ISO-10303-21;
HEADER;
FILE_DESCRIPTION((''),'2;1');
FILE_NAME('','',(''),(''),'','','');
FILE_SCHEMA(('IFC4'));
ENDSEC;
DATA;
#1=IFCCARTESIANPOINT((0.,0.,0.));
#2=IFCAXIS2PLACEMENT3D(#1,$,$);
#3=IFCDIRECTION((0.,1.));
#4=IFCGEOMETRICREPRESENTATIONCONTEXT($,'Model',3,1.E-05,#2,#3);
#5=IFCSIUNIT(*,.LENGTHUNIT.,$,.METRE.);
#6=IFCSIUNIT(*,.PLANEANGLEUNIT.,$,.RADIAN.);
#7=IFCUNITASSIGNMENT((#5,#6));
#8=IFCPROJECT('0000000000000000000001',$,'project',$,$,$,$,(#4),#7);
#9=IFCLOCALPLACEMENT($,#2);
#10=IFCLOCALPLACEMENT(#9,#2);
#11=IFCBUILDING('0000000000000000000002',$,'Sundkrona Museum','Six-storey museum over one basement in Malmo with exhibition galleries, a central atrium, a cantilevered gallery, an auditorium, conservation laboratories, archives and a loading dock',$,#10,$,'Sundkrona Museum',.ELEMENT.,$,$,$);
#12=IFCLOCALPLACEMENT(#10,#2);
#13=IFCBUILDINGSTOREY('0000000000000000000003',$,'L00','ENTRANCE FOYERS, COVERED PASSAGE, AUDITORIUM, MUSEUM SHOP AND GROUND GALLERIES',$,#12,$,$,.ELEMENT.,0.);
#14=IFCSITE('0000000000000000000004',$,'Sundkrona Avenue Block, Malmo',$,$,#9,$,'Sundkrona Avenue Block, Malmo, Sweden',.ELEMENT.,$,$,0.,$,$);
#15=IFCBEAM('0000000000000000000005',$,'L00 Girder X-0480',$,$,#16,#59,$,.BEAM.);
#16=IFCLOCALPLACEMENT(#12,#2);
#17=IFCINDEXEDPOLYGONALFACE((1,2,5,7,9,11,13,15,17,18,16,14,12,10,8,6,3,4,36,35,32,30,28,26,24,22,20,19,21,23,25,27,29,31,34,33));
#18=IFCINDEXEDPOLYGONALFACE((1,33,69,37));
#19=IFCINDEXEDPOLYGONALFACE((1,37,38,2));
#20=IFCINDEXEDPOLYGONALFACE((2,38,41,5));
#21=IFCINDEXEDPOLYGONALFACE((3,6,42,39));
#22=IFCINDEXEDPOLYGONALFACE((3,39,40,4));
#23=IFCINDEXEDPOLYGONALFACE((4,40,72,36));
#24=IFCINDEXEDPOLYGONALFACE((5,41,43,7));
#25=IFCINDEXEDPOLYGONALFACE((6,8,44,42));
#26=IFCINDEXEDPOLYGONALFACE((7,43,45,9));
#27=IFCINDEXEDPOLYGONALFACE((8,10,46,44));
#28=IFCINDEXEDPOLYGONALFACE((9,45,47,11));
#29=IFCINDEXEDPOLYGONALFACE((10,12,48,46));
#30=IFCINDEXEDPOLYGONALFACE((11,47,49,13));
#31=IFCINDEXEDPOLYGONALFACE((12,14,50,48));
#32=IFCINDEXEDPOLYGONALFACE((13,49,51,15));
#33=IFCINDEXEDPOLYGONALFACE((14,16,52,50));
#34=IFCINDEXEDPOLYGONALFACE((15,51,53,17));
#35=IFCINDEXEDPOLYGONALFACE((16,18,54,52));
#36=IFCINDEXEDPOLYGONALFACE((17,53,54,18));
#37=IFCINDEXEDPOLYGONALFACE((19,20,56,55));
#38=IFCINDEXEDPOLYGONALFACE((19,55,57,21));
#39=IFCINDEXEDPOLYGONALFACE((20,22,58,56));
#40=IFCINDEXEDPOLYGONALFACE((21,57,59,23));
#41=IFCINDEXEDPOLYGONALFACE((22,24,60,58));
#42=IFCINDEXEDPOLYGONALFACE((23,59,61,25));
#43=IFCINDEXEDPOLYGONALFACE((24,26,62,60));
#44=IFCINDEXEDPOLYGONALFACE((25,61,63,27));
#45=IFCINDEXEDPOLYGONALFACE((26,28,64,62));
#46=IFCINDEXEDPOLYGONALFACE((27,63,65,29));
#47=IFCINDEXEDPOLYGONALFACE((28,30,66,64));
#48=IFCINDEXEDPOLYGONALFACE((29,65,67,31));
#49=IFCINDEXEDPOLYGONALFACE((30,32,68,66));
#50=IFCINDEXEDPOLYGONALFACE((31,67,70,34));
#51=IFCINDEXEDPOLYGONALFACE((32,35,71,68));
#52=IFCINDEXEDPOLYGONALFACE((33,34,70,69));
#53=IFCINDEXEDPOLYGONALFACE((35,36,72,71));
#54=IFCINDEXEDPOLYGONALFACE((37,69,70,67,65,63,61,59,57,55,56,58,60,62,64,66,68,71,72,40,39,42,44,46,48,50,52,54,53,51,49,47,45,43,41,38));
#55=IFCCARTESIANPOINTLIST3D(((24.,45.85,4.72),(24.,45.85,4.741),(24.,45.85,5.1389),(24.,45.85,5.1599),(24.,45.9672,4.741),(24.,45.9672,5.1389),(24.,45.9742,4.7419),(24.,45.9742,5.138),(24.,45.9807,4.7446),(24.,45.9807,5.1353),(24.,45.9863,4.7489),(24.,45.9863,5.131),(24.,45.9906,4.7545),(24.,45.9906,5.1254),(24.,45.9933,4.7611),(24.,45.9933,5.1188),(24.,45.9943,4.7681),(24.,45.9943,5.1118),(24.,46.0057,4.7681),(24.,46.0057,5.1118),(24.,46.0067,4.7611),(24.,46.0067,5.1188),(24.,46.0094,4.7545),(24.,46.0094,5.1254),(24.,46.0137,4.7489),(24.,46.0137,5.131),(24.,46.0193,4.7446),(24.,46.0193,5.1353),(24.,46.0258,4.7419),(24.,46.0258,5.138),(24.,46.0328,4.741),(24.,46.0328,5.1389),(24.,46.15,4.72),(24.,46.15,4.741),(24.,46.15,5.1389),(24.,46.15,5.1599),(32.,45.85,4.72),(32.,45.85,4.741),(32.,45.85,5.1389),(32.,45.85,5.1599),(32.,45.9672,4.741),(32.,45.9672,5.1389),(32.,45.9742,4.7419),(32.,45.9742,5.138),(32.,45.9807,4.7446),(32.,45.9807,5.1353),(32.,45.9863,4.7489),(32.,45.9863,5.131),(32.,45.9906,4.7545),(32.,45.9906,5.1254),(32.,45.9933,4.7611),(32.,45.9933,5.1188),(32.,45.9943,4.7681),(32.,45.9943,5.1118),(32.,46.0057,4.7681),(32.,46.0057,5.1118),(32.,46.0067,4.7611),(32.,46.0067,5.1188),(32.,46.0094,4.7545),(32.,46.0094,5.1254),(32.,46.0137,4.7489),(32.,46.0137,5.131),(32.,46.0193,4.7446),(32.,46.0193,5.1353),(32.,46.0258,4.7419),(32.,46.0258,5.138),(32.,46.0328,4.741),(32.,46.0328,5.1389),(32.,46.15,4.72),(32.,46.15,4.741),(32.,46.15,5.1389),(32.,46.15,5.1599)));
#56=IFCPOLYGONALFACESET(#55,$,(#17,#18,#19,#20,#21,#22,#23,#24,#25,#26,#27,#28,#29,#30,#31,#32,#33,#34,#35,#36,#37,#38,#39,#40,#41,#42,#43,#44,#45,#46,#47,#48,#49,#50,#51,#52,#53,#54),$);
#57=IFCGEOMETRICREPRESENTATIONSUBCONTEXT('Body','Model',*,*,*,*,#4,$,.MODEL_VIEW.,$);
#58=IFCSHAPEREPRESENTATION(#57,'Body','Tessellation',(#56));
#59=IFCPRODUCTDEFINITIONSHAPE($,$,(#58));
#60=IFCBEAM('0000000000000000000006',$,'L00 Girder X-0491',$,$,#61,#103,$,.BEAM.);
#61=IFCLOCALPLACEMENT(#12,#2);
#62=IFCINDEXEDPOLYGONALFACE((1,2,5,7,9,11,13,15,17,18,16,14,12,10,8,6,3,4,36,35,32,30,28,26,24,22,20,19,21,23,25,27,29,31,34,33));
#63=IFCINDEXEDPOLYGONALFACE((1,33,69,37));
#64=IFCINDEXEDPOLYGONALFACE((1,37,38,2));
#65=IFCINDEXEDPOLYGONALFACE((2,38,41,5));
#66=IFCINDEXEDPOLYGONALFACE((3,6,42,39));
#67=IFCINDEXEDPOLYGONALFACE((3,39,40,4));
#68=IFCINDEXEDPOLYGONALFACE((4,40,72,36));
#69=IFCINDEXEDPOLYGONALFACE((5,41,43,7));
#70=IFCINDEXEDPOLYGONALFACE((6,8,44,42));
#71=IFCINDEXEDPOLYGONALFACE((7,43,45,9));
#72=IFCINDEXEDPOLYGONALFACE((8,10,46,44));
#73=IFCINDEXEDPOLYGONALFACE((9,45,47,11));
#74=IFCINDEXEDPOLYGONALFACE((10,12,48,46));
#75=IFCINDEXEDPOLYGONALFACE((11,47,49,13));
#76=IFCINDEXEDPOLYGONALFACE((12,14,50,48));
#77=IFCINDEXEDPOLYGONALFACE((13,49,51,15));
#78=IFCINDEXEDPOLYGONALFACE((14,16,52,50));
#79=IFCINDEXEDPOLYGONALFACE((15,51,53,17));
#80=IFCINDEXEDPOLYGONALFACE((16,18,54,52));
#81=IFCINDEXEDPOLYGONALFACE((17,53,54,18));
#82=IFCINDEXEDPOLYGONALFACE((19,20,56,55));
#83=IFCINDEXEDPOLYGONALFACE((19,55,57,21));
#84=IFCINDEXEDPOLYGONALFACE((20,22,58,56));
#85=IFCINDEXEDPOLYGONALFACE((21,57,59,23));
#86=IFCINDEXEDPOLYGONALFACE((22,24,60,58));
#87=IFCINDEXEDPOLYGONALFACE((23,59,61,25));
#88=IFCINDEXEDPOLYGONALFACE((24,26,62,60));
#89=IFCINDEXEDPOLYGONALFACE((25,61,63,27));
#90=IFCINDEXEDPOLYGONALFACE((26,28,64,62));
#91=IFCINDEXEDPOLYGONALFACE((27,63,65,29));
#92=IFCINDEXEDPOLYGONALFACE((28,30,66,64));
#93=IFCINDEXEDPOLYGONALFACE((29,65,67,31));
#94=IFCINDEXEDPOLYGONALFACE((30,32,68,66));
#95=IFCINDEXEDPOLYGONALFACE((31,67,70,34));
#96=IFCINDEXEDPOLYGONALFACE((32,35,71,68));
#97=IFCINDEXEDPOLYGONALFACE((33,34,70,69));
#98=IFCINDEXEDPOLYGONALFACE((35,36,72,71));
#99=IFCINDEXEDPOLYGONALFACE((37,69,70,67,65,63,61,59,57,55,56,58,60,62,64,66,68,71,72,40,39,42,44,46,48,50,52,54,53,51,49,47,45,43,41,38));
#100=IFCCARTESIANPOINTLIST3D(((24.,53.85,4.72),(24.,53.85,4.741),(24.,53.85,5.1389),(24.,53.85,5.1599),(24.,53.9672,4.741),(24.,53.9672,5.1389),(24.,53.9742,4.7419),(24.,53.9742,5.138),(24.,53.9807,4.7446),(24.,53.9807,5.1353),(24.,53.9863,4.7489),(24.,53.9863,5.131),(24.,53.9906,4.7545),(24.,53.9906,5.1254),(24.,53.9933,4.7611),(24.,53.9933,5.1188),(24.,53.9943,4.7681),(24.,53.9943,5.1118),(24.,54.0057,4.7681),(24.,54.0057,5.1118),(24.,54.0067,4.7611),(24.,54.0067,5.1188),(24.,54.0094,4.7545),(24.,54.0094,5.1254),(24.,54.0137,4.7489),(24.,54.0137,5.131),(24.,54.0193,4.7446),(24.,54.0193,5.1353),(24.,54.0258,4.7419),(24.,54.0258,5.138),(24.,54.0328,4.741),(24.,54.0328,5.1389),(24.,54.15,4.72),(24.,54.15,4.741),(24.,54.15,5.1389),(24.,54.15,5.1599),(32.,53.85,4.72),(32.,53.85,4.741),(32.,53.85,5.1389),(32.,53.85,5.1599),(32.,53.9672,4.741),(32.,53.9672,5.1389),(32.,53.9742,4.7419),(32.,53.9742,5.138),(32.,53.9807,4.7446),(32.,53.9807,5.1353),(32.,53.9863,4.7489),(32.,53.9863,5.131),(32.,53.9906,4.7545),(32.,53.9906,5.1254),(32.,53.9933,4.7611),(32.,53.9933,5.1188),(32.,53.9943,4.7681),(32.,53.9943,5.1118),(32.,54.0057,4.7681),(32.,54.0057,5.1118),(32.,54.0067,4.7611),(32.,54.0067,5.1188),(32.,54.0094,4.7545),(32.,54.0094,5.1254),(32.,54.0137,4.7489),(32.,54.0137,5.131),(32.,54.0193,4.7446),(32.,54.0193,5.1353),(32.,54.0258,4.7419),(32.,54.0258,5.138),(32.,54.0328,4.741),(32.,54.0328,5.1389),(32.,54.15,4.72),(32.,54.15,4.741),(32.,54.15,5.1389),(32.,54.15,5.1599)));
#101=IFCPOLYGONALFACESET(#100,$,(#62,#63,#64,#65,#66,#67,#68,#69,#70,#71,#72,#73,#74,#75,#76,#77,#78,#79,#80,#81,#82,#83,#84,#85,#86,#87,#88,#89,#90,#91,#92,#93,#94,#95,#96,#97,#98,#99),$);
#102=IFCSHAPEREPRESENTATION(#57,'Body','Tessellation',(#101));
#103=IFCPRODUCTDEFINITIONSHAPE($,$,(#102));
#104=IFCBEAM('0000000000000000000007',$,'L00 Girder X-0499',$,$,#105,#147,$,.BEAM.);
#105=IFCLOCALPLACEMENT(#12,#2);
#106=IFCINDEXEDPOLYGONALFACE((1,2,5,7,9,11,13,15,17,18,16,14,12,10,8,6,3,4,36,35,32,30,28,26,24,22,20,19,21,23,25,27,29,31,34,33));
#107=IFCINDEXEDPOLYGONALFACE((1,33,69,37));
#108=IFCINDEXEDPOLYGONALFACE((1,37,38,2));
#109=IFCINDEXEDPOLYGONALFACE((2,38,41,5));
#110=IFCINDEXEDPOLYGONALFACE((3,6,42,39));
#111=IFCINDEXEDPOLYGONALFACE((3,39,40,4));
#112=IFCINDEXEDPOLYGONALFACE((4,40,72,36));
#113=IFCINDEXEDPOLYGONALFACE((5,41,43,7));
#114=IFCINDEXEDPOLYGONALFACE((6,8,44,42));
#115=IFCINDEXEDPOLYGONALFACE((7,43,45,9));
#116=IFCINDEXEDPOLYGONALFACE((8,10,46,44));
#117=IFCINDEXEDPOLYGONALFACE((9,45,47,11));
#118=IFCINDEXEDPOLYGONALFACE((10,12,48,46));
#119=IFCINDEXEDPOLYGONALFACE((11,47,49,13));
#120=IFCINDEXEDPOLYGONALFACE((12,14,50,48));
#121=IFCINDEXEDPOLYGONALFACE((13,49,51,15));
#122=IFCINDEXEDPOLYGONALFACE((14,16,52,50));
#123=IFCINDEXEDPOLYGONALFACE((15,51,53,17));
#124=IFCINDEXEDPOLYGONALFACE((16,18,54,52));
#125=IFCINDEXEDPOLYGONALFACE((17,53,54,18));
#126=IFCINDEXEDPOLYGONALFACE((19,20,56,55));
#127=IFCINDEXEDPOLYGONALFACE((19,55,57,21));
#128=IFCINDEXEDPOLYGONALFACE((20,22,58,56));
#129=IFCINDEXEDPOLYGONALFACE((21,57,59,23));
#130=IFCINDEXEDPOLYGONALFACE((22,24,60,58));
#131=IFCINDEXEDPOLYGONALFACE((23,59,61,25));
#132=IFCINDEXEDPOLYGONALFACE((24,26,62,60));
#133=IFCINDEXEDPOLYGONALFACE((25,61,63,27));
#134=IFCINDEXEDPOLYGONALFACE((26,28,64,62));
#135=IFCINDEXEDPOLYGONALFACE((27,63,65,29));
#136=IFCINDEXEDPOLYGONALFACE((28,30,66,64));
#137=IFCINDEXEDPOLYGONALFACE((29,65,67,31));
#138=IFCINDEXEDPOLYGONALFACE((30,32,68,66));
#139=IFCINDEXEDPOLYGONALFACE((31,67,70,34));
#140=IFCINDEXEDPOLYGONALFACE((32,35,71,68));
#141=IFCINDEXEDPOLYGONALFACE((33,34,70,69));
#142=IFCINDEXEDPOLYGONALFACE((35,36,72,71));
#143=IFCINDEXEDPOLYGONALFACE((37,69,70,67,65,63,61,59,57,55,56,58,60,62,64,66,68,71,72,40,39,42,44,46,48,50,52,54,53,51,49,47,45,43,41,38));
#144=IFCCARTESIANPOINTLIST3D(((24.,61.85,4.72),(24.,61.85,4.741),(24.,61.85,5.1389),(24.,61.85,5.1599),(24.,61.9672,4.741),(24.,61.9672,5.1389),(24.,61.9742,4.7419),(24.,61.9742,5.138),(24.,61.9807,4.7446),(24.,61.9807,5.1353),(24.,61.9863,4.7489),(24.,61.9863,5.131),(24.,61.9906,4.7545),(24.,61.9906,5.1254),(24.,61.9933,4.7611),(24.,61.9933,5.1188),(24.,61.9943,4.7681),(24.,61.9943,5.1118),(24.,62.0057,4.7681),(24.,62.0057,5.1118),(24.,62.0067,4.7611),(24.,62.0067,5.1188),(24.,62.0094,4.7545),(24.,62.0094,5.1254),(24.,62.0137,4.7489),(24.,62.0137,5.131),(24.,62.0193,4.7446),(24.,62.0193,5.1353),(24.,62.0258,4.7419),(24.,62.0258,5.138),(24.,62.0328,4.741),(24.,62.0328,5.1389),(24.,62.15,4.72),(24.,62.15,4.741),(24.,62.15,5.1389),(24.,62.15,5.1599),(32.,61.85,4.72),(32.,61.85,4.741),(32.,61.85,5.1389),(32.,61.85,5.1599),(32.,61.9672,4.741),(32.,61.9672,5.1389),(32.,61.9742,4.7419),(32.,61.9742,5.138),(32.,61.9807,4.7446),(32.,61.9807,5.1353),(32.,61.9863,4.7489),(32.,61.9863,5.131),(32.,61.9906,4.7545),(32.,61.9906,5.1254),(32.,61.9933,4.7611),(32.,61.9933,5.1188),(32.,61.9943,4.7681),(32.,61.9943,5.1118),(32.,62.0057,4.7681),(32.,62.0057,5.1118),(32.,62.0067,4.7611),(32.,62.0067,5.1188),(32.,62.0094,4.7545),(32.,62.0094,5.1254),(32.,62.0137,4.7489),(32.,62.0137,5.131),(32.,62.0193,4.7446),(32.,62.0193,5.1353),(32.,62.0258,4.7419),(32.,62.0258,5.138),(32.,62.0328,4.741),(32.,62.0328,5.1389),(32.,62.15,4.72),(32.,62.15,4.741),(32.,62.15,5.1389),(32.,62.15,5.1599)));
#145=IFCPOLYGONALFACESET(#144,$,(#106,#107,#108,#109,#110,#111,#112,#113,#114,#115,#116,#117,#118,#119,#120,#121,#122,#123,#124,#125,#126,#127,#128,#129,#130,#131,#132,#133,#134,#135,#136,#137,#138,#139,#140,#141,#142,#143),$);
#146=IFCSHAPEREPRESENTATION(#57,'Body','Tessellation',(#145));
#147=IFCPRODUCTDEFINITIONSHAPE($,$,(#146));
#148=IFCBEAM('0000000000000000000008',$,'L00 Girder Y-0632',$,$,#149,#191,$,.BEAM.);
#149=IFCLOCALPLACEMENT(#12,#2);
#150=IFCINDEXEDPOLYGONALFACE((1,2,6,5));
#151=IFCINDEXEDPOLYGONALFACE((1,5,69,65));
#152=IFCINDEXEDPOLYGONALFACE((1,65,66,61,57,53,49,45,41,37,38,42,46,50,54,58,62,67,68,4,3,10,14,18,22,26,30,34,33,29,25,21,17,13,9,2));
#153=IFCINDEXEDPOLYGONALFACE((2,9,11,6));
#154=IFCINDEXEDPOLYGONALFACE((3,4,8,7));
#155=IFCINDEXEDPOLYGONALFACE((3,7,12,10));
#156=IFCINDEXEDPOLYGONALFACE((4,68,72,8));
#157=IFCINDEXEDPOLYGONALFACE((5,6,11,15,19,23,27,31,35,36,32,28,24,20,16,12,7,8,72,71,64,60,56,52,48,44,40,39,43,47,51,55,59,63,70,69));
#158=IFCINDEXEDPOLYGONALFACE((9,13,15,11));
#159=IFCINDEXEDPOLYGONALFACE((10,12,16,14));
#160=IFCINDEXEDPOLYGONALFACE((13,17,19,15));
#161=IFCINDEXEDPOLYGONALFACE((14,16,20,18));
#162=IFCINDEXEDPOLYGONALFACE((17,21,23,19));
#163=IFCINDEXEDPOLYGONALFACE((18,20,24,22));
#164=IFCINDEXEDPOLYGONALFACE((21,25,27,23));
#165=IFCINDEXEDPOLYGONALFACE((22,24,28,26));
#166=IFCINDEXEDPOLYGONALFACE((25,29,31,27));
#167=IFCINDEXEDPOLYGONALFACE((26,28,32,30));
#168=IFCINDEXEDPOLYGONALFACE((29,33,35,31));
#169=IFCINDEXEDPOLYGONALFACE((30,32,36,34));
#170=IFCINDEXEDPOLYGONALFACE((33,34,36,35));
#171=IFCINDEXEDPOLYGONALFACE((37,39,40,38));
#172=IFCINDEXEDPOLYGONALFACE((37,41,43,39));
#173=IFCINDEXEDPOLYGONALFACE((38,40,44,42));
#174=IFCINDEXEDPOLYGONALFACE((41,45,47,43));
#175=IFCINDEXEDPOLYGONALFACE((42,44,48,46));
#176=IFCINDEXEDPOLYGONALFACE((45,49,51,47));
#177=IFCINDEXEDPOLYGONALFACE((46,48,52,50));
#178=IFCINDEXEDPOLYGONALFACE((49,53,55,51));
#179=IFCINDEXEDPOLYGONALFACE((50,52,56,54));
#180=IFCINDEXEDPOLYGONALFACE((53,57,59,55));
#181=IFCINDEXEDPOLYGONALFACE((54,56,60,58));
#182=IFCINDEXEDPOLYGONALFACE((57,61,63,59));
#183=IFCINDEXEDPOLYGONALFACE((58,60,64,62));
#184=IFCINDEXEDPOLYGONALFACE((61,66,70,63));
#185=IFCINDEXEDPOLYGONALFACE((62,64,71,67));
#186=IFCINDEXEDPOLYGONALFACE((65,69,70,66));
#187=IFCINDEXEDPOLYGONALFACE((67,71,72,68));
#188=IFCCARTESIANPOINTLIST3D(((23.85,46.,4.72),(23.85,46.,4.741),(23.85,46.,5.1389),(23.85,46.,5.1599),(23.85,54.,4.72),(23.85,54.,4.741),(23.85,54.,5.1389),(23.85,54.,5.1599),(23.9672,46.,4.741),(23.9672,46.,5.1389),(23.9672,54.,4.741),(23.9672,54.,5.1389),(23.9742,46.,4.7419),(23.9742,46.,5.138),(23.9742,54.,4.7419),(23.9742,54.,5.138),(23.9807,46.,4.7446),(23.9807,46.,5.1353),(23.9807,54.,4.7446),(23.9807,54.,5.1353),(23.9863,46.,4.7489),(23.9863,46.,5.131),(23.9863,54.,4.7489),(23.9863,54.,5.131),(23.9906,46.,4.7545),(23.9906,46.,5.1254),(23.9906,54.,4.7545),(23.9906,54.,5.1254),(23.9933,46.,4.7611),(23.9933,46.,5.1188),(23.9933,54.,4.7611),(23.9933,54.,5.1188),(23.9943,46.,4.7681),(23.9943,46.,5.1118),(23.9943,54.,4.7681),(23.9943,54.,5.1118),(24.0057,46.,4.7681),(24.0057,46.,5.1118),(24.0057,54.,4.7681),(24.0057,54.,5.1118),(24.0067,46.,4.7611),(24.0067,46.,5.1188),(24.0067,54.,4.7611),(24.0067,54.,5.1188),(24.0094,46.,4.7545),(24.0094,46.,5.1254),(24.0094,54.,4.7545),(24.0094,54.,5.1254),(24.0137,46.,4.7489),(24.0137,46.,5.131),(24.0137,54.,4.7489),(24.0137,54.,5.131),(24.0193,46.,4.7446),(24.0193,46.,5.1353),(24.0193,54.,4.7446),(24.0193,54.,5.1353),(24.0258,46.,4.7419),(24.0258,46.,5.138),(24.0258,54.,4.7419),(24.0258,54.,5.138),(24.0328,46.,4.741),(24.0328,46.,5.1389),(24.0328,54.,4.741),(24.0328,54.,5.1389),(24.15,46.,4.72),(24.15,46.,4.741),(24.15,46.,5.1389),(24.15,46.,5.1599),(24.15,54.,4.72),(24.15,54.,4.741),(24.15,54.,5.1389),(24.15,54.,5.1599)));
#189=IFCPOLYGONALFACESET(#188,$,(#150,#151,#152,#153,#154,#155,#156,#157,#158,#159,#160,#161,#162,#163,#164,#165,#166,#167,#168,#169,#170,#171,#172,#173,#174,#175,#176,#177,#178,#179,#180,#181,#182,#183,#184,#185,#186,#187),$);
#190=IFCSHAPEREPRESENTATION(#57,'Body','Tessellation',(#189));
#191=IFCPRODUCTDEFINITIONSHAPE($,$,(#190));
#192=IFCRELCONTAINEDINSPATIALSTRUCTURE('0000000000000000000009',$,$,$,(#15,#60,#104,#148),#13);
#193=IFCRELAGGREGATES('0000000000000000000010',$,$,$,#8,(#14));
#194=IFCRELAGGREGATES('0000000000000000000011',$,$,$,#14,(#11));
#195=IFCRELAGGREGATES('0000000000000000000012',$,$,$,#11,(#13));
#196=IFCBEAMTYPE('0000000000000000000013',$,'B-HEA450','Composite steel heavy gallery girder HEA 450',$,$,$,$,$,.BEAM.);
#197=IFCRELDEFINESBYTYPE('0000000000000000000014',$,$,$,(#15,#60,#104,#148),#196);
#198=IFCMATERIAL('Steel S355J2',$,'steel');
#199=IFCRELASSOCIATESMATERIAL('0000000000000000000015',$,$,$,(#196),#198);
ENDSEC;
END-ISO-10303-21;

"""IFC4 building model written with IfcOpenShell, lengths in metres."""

from ifc_helpers import new_model, si_unit, direction, frame, origin, origin_2d, place, context, subcontext, project, spatial, i_section, extrude, material, material_profile, profile_set, type_object, element, save


model = new_model("IFC4")

# Units and contexts
model_context = context("Model", 3, precision=1e-05, world=origin(), true_north=direction((0.0, 1.0)))
body_context = subcontext(model_context, "Body", "Model", "MODEL_VIEW")
ifc_project = project(units=[si_unit("LENGTHUNIT", "METRE"), si_unit("PLANEANGLEUNIT", "RADIAN")], contexts=[model_context])

# Site, building, storey
site_placement = place(None, origin())
site = spatial("IfcSite", under=ifc_project, at=site_placement, Name="Sundkrona Avenue Block, Malmo", LongName="Sundkrona Avenue Block, Malmo, Sweden", CompositionType="ELEMENT", RefElevation=0.0)
building_placement = place(site_placement, origin())
building = spatial("IfcBuilding", under=site, at=building_placement, Name="Sundkrona Museum", Description="Six-storey museum over one basement in Malmo with exhibition galleries, a central atrium, a cantilevered gallery, an auditorium, conservation laboratories, archives and a loading dock", LongName="Sundkrona Museum", CompositionType="ELEMENT")
storey_placement = place(building_placement, origin())
storey = spatial("IfcBuildingStorey", under=building, at=storey_placement, Name="L00", Description="ENTRANCE FOYERS, COVERED PASSAGE, AUDITORIUM, MUSEUM SHOP AND GROUND GALLERIES", CompositionType="ELEMENT", Elevation=0.0)

# Shared definitions
ifc_material_1 = material(Name="Steel S355J2", Category="steel")

# Beams
ifc_material_profile_1 = material_profile(ifc_material_1, i_section(OverallWidth=0.3, OverallDepth=0.4399, WebThickness=0.0115, FlangeThickness=0.021, FilletRadius=0.0271, at=origin_2d()), Name="HEA 450")
ifc_profile_set_1 = profile_set([ifc_material_profile_1], Name="Steel S355J2")
beam_type_1 = type_object("IfcBeamType", Name="B-HEA450", Description="Composite steel heavy gallery girder HEA 450", PredefinedType="BEAM", material=ifc_profile_set_1)
for number, where, z_axis, x_axis, name in (
    (1, (24.0, 46.0, 4.9399), (1.0, 0.0, 0.0), (0.0, 1.0, 0.0), "L00 Girder X-0480"),
    (2, (24.0, 54.0, 4.9399), (1.0, 0.0, 0.0), (0.0, 1.0, 0.0), "L00 Girder X-0491"),
    (3, (24.0, 62.0, 4.9399), (1.0, 0.0, 0.0), (0.0, 1.0, 0.0), "L00 Girder X-0499"),
    (4, (24.0, 46.0, 4.9399), (0.0, 1.0, 0.0), (-1.0, 0.0, 0.0), "L00 Girder Y-0632"),
):
    element("IfcBeam", number, at=place(storey_placement, frame(where, z_axis=z_axis, x_axis=x_axis)), inside=storey, type_object=beam_type_1, Name=name, PredefinedType="BEAM", context=body_context, shape_type="SweptSolid", body=[
        extrude(i_section(OverallWidth=0.3, OverallDepth=0.4399, WebThickness=0.0115, FlangeThickness=0.021, FilletRadius=0.0271, at=origin_2d()), origin(), (0.0, 0.0, 1.0), 8.0),
    ])

save(model, "model.ifc")
